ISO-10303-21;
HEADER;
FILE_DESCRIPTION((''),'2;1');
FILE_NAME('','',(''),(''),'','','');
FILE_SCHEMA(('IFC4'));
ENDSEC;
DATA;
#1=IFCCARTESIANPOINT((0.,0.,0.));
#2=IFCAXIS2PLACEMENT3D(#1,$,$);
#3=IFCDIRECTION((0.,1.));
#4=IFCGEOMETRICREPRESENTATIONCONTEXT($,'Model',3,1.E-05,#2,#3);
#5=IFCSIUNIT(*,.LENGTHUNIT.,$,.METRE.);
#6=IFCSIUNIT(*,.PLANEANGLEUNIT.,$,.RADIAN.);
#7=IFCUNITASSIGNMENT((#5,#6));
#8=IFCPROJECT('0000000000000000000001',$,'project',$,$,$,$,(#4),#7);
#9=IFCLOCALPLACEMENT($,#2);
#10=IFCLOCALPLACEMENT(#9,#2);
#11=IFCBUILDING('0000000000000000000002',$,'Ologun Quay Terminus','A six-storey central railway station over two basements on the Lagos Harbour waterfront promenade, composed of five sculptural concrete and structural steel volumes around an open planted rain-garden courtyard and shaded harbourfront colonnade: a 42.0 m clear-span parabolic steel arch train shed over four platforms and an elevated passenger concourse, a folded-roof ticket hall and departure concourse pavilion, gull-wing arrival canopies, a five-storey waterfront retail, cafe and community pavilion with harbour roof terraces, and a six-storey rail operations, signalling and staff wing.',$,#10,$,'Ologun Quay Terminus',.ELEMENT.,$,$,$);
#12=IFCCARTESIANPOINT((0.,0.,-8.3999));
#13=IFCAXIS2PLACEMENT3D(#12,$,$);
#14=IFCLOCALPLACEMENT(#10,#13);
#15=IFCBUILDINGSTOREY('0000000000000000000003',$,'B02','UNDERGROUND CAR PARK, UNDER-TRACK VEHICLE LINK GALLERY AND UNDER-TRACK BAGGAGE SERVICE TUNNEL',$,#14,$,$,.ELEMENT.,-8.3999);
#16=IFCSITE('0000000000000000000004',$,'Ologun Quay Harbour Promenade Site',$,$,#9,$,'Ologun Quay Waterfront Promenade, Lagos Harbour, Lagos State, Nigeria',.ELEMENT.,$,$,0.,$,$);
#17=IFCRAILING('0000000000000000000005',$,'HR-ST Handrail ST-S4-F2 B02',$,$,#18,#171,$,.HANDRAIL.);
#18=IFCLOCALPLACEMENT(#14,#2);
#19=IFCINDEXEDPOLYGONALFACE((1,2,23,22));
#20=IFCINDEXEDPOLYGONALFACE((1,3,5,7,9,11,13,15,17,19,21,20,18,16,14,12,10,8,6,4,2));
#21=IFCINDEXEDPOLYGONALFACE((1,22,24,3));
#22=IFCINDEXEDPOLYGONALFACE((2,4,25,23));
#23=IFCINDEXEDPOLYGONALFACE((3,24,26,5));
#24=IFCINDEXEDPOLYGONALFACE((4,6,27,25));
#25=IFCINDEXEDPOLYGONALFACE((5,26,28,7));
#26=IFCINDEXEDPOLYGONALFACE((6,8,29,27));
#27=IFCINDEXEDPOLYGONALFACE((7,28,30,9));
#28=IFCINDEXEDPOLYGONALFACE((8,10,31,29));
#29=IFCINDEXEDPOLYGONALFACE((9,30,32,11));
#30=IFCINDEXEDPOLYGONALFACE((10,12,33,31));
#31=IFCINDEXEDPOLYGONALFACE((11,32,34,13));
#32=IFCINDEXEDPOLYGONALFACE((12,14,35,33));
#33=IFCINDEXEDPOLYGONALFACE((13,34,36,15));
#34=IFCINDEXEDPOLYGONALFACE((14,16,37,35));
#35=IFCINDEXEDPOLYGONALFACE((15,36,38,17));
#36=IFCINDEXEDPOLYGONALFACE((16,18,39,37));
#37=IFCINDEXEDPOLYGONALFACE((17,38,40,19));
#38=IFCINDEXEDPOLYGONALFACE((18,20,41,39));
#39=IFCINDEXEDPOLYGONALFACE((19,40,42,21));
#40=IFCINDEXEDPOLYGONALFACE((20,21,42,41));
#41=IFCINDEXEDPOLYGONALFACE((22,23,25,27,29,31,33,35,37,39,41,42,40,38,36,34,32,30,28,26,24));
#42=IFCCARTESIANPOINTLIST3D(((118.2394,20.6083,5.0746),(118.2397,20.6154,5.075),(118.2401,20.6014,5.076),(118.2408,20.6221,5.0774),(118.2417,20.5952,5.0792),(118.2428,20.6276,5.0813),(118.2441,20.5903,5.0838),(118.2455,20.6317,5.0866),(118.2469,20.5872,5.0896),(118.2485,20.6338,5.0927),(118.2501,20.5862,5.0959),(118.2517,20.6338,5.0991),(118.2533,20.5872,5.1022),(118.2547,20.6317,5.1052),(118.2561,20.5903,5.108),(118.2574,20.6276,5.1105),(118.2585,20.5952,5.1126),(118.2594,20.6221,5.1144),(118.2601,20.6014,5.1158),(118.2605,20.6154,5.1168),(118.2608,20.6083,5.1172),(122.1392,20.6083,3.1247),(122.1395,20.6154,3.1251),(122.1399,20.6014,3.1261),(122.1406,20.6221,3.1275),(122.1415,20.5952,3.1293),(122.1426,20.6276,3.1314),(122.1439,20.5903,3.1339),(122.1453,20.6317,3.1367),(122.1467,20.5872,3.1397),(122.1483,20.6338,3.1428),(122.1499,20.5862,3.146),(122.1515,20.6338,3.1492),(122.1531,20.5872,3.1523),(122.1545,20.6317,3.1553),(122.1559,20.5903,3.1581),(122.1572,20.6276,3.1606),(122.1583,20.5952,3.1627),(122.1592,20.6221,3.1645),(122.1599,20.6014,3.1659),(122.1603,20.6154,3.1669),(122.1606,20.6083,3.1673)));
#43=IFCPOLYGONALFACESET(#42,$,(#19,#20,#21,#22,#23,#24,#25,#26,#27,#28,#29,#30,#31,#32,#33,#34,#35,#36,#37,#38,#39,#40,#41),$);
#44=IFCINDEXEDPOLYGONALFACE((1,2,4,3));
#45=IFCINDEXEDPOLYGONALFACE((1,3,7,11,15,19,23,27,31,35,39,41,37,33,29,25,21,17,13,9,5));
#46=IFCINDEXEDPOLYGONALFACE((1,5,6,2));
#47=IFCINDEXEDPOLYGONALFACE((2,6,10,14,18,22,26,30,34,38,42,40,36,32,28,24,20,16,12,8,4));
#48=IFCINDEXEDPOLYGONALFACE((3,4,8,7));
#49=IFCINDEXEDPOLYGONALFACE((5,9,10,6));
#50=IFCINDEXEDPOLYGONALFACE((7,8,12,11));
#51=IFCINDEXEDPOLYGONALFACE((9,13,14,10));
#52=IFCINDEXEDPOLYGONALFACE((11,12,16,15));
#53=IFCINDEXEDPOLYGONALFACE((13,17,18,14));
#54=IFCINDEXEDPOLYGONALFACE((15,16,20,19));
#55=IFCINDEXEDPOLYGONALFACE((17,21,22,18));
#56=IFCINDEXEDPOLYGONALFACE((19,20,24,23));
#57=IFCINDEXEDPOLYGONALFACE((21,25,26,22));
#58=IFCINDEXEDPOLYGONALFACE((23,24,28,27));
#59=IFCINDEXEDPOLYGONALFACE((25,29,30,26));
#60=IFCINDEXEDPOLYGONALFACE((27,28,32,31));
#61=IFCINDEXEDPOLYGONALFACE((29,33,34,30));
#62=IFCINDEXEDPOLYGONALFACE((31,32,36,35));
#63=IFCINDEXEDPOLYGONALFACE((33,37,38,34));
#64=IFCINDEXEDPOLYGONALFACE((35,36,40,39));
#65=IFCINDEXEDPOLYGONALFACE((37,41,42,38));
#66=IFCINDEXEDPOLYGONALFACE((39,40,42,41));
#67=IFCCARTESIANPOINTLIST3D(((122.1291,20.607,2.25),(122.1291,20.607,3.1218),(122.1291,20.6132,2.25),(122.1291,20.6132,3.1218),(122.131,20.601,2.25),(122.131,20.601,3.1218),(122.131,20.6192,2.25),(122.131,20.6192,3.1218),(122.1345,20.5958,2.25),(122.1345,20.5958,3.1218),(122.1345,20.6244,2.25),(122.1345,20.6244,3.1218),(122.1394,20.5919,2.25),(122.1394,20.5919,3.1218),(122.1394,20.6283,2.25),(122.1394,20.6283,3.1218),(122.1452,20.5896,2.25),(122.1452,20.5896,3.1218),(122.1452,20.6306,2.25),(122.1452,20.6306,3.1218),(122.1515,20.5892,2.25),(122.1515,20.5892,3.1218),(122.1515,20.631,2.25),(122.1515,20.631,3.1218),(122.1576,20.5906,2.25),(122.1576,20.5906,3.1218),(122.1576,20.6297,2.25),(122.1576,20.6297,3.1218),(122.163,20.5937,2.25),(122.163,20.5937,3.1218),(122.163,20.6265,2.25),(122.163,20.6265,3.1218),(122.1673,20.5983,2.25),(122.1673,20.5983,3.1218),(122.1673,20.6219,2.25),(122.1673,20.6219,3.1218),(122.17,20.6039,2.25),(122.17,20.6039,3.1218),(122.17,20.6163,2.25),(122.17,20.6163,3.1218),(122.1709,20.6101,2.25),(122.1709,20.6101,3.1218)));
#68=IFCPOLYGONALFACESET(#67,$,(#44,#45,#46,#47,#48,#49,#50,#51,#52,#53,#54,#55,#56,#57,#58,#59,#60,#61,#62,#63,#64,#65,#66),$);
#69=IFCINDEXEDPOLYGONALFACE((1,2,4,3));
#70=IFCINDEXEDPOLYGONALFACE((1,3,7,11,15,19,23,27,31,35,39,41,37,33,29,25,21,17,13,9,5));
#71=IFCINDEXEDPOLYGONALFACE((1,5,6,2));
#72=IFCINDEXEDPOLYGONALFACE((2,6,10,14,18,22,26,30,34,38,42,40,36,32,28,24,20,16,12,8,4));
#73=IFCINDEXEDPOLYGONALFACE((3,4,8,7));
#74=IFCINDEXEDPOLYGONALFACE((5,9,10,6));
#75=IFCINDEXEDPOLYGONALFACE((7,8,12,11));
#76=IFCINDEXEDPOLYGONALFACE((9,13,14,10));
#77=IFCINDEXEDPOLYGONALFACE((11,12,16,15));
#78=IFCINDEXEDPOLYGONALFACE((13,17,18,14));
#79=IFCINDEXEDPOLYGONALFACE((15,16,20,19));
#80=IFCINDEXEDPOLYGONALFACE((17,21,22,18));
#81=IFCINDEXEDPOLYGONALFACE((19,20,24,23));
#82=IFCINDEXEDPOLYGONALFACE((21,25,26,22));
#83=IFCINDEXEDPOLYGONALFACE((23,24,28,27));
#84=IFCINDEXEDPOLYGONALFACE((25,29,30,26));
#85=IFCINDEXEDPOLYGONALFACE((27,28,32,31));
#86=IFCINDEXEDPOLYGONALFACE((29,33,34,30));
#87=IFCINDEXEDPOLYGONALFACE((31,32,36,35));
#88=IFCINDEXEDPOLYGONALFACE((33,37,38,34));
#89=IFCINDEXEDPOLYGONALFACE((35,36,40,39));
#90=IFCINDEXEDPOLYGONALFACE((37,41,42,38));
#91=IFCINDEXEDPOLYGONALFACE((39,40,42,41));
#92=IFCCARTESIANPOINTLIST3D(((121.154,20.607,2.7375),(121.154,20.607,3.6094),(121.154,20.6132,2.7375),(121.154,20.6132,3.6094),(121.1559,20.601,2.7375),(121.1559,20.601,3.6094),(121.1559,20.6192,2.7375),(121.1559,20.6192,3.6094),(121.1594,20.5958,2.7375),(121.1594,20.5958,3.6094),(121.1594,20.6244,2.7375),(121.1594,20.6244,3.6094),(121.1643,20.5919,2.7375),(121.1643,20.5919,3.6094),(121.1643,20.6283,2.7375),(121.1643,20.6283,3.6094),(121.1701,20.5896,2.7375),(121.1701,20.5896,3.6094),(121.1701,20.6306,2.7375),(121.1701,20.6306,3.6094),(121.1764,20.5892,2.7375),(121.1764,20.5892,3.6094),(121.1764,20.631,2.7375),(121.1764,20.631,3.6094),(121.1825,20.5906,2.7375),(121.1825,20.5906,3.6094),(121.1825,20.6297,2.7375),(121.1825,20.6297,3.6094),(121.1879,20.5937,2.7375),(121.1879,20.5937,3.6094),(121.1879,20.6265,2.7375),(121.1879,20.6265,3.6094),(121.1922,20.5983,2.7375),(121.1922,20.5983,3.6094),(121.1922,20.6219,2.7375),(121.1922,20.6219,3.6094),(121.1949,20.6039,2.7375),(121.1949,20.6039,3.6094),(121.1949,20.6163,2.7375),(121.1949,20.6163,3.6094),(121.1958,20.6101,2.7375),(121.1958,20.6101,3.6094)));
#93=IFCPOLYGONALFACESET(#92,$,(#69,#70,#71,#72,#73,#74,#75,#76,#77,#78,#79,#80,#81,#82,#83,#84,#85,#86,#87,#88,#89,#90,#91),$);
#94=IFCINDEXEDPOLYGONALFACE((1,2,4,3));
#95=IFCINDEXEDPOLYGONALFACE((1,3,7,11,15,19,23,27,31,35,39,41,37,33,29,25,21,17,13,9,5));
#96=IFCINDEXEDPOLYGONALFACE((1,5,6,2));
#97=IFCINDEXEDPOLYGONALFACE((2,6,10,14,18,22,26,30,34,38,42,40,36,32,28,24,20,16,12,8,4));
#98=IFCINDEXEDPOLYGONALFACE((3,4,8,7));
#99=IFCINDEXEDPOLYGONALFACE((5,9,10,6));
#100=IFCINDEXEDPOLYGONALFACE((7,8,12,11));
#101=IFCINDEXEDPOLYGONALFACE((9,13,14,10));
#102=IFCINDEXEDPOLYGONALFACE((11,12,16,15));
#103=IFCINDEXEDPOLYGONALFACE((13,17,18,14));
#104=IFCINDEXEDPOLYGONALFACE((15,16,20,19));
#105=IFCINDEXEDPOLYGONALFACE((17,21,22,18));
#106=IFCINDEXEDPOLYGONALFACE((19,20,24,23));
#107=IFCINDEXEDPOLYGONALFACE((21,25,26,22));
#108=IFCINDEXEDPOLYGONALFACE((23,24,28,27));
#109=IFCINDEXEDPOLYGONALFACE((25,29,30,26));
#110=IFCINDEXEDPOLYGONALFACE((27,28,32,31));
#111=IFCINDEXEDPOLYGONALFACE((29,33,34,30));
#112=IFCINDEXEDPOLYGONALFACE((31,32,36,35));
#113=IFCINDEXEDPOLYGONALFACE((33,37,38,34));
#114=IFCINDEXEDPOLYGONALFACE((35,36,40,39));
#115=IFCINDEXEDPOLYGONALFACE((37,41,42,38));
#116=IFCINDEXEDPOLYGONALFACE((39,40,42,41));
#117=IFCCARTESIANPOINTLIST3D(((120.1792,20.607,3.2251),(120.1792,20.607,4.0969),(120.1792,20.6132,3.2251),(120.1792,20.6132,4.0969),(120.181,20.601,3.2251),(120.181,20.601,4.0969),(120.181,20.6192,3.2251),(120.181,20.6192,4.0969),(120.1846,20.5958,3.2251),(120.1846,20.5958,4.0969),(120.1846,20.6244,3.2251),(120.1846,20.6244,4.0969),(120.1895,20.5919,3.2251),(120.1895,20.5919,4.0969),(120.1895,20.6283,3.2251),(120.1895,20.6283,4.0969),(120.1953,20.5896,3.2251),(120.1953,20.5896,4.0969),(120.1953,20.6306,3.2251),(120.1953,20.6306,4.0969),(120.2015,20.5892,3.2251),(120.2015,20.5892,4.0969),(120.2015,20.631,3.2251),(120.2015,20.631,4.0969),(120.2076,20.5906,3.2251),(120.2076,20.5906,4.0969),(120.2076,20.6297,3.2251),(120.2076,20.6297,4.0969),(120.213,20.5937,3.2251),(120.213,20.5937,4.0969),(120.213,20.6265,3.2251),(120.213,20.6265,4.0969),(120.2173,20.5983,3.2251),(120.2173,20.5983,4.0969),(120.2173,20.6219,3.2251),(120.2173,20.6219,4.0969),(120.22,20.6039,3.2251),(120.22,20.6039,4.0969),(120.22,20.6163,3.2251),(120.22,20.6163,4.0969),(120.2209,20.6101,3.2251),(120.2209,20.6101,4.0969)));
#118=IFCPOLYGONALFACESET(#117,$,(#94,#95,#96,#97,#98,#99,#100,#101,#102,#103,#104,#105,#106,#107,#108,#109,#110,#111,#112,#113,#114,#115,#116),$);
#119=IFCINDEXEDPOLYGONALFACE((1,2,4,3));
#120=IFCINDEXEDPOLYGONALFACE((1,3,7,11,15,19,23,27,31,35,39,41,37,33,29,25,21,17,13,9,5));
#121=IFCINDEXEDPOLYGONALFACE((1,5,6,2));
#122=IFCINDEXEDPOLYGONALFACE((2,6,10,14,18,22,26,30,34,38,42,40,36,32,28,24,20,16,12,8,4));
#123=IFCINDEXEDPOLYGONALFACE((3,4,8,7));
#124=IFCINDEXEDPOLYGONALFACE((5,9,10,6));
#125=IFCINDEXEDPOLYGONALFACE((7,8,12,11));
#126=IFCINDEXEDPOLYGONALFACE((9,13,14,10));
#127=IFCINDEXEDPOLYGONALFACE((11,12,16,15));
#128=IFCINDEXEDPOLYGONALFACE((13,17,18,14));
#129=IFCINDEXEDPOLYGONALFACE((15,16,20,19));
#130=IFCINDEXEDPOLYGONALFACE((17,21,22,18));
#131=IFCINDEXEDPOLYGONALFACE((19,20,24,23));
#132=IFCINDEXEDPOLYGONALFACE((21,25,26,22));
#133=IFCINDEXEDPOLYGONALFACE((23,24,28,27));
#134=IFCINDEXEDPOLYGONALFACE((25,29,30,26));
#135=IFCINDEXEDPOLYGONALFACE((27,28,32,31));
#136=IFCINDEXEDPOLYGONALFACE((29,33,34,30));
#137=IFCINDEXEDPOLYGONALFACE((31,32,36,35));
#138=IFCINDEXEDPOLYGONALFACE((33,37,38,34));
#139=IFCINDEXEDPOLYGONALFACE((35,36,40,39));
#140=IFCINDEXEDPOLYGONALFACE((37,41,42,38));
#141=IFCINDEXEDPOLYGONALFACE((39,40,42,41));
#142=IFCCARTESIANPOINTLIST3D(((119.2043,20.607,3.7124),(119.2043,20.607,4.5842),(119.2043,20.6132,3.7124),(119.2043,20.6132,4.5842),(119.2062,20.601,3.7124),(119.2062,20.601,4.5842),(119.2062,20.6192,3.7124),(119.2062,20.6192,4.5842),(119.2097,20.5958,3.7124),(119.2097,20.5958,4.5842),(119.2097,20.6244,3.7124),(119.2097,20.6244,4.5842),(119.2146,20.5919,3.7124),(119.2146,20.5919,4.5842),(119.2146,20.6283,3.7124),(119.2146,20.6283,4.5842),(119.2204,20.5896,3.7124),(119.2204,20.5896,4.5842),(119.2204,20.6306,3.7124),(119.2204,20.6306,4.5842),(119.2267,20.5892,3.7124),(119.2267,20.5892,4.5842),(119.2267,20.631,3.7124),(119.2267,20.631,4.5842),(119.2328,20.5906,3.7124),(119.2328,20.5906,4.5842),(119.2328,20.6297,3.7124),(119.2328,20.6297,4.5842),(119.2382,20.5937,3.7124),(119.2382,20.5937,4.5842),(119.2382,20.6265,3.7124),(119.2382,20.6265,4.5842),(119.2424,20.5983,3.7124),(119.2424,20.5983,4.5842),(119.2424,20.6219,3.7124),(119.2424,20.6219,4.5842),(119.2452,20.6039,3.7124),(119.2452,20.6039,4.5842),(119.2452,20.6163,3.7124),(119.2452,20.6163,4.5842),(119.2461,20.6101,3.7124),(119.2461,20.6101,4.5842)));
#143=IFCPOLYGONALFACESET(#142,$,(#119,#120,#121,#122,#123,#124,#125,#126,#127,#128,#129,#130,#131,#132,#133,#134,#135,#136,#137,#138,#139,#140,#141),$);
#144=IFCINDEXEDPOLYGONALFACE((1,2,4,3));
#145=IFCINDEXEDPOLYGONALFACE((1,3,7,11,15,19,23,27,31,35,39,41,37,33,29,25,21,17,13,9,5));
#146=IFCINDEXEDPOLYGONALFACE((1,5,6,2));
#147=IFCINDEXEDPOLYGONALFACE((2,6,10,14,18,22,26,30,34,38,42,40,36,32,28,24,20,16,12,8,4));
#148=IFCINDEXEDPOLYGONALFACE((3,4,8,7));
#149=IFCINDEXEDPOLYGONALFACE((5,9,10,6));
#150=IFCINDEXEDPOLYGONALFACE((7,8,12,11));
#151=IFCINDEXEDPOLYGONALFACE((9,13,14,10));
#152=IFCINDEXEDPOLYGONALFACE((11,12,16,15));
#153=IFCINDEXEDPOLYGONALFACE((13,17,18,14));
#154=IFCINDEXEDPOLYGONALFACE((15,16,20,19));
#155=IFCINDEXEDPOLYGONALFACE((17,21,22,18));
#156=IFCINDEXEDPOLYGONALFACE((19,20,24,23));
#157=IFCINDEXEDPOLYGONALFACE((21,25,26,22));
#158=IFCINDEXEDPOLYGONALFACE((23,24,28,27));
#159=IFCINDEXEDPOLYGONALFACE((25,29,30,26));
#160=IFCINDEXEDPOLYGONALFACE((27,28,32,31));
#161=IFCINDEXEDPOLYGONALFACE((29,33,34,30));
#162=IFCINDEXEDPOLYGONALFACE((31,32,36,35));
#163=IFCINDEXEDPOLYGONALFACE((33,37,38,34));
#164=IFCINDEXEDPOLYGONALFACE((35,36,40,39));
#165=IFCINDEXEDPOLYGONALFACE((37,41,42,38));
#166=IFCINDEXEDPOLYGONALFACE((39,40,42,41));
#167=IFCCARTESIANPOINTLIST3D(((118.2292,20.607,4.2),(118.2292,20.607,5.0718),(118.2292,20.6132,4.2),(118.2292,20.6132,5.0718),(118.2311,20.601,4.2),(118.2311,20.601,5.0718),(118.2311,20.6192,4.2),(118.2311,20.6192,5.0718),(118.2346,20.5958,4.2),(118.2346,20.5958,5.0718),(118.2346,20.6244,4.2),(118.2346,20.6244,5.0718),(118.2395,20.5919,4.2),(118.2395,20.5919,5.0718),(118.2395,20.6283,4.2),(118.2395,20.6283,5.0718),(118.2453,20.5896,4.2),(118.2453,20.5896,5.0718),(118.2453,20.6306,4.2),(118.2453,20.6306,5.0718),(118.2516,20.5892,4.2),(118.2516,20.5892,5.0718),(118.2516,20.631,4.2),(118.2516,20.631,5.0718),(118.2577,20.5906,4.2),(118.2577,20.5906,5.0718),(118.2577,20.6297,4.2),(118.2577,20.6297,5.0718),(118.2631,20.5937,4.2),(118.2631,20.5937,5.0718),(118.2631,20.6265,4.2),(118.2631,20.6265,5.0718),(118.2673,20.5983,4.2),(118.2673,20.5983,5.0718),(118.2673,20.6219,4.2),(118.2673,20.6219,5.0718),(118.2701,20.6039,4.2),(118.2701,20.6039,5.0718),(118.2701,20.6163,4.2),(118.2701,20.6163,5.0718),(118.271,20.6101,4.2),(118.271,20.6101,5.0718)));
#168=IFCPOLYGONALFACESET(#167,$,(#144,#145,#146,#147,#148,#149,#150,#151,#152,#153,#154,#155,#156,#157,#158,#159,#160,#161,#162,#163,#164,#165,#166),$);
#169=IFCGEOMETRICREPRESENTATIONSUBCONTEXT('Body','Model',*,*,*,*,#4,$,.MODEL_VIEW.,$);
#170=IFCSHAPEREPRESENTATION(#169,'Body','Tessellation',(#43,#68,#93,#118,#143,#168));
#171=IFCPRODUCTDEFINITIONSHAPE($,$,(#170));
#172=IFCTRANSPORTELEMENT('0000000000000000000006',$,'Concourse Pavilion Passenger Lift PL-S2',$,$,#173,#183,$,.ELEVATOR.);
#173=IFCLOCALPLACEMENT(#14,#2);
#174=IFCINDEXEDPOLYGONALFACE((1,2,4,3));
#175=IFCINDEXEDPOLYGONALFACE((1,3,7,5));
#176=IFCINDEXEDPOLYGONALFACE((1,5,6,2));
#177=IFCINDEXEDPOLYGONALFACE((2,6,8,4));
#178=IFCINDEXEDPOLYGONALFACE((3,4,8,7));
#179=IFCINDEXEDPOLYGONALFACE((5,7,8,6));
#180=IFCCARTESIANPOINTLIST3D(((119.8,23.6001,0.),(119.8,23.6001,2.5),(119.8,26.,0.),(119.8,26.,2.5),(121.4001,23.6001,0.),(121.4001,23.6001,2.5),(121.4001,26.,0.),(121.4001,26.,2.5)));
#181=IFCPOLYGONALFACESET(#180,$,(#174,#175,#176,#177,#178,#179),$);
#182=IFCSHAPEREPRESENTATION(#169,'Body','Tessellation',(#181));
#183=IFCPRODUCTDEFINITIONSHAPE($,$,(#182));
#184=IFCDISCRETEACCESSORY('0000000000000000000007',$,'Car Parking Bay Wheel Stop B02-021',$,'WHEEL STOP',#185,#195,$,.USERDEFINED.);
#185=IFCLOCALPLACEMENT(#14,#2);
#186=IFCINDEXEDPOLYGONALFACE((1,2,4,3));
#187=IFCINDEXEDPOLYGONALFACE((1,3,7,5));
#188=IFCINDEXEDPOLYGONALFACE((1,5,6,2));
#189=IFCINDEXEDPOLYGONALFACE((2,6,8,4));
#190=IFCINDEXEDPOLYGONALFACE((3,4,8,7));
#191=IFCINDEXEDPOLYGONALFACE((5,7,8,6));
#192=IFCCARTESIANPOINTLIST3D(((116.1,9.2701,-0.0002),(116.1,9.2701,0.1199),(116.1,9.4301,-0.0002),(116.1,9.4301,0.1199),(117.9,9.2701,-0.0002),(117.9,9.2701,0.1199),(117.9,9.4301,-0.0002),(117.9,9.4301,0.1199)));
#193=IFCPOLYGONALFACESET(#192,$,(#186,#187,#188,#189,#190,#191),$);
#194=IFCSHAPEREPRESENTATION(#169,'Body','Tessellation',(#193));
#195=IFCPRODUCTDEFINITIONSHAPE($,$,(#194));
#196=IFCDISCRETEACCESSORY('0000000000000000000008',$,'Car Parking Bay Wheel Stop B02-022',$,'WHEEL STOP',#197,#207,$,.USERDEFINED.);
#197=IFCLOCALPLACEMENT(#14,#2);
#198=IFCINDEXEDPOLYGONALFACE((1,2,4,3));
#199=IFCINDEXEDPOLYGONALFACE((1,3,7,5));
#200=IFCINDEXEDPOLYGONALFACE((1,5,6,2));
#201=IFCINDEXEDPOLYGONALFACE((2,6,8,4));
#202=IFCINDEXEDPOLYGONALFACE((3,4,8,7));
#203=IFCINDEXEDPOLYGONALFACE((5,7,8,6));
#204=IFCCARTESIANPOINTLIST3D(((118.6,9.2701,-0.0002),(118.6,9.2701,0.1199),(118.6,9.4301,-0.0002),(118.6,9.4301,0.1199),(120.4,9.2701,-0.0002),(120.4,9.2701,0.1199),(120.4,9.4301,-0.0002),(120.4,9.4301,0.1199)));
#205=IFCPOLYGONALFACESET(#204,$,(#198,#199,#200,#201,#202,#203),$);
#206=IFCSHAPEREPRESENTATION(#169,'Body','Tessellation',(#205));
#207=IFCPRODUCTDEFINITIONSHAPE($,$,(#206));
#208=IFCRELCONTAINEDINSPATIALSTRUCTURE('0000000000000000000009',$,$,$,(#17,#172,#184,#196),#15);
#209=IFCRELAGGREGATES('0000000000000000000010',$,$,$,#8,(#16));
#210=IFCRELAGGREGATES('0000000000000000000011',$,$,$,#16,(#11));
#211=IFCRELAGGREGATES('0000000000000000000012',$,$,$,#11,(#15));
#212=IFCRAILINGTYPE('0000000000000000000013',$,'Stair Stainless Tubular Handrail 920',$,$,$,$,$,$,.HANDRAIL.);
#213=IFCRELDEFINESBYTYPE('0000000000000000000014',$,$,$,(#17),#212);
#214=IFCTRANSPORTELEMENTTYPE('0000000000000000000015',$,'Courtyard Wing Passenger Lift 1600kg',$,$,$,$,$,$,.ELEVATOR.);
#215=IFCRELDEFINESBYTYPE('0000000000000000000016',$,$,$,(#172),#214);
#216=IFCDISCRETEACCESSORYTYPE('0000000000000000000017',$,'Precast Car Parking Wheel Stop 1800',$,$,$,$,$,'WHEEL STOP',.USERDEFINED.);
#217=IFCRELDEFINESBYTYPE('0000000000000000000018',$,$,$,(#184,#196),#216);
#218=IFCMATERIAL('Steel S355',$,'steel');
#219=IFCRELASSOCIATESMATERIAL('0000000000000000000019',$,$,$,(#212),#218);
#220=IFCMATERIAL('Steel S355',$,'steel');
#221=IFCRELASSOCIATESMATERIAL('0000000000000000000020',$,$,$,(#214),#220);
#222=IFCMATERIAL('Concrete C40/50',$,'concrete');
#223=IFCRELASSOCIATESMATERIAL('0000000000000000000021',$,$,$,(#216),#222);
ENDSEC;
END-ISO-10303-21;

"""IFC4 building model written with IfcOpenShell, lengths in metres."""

from ifc_helpers import new_model, si_unit, direction, frame, origin, origin_2d, place, context, subcontext, project, spatial, rectangle, circle, extrude, material, type_object, element, save


model = new_model("IFC4")

# Units and contexts
model_context = context("Model", 3, precision=1e-05, world=origin(), true_north=direction((0.0, 1.0)))
body_context = subcontext(model_context, "Body", "Model", "MODEL_VIEW")
ifc_project = project(units=[si_unit("LENGTHUNIT", "METRE"), si_unit("PLANEANGLEUNIT", "RADIAN")], contexts=[model_context])

# Site, building, storey
site_placement = place(None, origin())
site = spatial("IfcSite", under=ifc_project, at=site_placement, Name="Ologun Quay Harbour Promenade Site", LongName="Ologun Quay Waterfront Promenade, Lagos Harbour, Lagos State, Nigeria", CompositionType="ELEMENT", RefElevation=0.0)
building_placement = place(site_placement, origin())
building = spatial("IfcBuilding", under=site, at=building_placement, Name="Ologun Quay Terminus", Description="A six-storey central railway station over two basements on the Lagos Harbour waterfront promenade, composed of five sculptural concrete and structural steel volumes around an open planted rain-garden courtyard and shaded harbourfront colonnade: a 42.0 m clear-span parabolic steel arch train shed over four platforms and an elevated passenger concourse, a folded-roof ticket hall and departure concourse pavilion, gull-wing arrival canopies, a five-storey waterfront retail, cafe and community pavilion with harbour roof terraces, and a six-storey rail operations, signalling and staff wing.", LongName="Ologun Quay Terminus", CompositionType="ELEMENT")
storey_placement = place(building_placement, frame((0.0, 0.0, -8.3999)))
storey = spatial("IfcBuildingStorey", under=building, at=storey_placement, Name="B02", Description="UNDERGROUND CAR PARK, UNDER-TRACK VEHICLE LINK GALLERY AND UNDER-TRACK BAGGAGE SERVICE TUNNEL", CompositionType="ELEMENT", Elevation=-8.3999)

# Railing
ifc_material_1 = material(Name="Steel S355", Category="steel")
railing_type_1 = type_object("IfcRailingType", Name="Stair Stainless Tubular Handrail 920", PredefinedType="HANDRAIL", material=ifc_material_1)
railing_1_placement = place(storey_placement, frame((122.1499, 20.6101, 2.25)))
element("IfcRailing", 1, at=railing_1_placement, inside=storey, type_object=railing_type_1, Name="HR-ST Handrail ST-S4-F2 B02", PredefinedType="HANDRAIL", context=body_context, shape_type="SweptSolid", body=[
    extrude(circle(Radius=0.0239, at=origin_2d()), frame((0.0, 0.0, 0.896), z_axis=(-0.894427, 0.0, 0.447214), x_axis=(0.0, -1.0, 0.0)), (0.0, 0.0, 1.0), 4.3601),
    extrude(circle(Radius=0.021, at=origin_2d()), origin(), (0.0, 0.0, 1.0), 0.8718),
    extrude(circle(Radius=0.021, at=origin_2d()), frame((-0.9751, 0.0, 0.4875)), (0.0, 0.0, 1.0), 0.8718),
    extrude(circle(Radius=0.021, at=origin_2d()), frame((-1.95, 0.0, 0.9751)), (0.0, 0.0, 1.0), 0.8718),
    extrude(circle(Radius=0.021, at=origin_2d()), frame((-2.9248, 0.0, 1.4624)), (0.0, 0.0, 1.0), 0.8718),
    extrude(circle(Radius=0.021, at=origin_2d()), frame((-3.8999, 0.0, 1.95)), (0.0, 0.0, 1.0), 0.8718),
])

# Transport element
ifc_material_2 = material(Name="Steel S355", Category="steel")
transport_element_type = type_object("IfcTransportElementType", Name="Courtyard Wing Passenger Lift 1600kg", PredefinedType="ELEVATOR", material=ifc_material_2)
transport_element_placement = place(storey_placement, frame((120.6001, 24.8, 0.0), z_axis=(0.0, 0.0, 1.0), x_axis=(1.0, 0.0, 0.0)))
element("IfcTransportElement", 2, at=transport_element_placement, inside=storey, type_object=transport_element_type, Name="Concourse Pavilion Passenger Lift PL-S2", PredefinedType="ELEVATOR", context=body_context, shape_type="SweptSolid", body=[
    extrude(rectangle(XDim=1.6001, YDim=2.3999, at=origin_2d()), origin(), (0.0, 0.0, 1.0), 2.5),
])

# Discrete accessories
ifc_material_3 = material(Name="Concrete C40/50", Category="concrete")
discrete_accessory_type = type_object("IfcDiscreteAccessoryType", Name="Precast Car Parking Wheel Stop 1800", ElementType="WHEEL STOP", PredefinedType="USERDEFINED", material=ifc_material_3)
for number, where, z_axis, x_axis, name in (
    (3, (117.0, 9.3501, -0.0002), (0.0, 0.0, 1.0), (1.0, 0.0, 0.0), "Car Parking Bay Wheel Stop B02-021"),
    (4, (119.5, 9.3501, -0.0002), (0.0, 0.0, 1.0), (1.0, 0.0, 0.0), "Car Parking Bay Wheel Stop B02-022"),
):
    element("IfcDiscreteAccessory", number, at=place(storey_placement, frame(where, z_axis=z_axis, x_axis=x_axis)), inside=storey, type_object=discrete_accessory_type, Name=name, ObjectType="WHEEL STOP", PredefinedType="USERDEFINED", context=body_context, shape_type="SweptSolid", body=[
        extrude(rectangle(XDim=1.8, YDim=0.1599, at=origin_2d()), origin(), (0.0, 0.0, 1.0), 0.1201),
    ])

save(model, "model.ifc")
